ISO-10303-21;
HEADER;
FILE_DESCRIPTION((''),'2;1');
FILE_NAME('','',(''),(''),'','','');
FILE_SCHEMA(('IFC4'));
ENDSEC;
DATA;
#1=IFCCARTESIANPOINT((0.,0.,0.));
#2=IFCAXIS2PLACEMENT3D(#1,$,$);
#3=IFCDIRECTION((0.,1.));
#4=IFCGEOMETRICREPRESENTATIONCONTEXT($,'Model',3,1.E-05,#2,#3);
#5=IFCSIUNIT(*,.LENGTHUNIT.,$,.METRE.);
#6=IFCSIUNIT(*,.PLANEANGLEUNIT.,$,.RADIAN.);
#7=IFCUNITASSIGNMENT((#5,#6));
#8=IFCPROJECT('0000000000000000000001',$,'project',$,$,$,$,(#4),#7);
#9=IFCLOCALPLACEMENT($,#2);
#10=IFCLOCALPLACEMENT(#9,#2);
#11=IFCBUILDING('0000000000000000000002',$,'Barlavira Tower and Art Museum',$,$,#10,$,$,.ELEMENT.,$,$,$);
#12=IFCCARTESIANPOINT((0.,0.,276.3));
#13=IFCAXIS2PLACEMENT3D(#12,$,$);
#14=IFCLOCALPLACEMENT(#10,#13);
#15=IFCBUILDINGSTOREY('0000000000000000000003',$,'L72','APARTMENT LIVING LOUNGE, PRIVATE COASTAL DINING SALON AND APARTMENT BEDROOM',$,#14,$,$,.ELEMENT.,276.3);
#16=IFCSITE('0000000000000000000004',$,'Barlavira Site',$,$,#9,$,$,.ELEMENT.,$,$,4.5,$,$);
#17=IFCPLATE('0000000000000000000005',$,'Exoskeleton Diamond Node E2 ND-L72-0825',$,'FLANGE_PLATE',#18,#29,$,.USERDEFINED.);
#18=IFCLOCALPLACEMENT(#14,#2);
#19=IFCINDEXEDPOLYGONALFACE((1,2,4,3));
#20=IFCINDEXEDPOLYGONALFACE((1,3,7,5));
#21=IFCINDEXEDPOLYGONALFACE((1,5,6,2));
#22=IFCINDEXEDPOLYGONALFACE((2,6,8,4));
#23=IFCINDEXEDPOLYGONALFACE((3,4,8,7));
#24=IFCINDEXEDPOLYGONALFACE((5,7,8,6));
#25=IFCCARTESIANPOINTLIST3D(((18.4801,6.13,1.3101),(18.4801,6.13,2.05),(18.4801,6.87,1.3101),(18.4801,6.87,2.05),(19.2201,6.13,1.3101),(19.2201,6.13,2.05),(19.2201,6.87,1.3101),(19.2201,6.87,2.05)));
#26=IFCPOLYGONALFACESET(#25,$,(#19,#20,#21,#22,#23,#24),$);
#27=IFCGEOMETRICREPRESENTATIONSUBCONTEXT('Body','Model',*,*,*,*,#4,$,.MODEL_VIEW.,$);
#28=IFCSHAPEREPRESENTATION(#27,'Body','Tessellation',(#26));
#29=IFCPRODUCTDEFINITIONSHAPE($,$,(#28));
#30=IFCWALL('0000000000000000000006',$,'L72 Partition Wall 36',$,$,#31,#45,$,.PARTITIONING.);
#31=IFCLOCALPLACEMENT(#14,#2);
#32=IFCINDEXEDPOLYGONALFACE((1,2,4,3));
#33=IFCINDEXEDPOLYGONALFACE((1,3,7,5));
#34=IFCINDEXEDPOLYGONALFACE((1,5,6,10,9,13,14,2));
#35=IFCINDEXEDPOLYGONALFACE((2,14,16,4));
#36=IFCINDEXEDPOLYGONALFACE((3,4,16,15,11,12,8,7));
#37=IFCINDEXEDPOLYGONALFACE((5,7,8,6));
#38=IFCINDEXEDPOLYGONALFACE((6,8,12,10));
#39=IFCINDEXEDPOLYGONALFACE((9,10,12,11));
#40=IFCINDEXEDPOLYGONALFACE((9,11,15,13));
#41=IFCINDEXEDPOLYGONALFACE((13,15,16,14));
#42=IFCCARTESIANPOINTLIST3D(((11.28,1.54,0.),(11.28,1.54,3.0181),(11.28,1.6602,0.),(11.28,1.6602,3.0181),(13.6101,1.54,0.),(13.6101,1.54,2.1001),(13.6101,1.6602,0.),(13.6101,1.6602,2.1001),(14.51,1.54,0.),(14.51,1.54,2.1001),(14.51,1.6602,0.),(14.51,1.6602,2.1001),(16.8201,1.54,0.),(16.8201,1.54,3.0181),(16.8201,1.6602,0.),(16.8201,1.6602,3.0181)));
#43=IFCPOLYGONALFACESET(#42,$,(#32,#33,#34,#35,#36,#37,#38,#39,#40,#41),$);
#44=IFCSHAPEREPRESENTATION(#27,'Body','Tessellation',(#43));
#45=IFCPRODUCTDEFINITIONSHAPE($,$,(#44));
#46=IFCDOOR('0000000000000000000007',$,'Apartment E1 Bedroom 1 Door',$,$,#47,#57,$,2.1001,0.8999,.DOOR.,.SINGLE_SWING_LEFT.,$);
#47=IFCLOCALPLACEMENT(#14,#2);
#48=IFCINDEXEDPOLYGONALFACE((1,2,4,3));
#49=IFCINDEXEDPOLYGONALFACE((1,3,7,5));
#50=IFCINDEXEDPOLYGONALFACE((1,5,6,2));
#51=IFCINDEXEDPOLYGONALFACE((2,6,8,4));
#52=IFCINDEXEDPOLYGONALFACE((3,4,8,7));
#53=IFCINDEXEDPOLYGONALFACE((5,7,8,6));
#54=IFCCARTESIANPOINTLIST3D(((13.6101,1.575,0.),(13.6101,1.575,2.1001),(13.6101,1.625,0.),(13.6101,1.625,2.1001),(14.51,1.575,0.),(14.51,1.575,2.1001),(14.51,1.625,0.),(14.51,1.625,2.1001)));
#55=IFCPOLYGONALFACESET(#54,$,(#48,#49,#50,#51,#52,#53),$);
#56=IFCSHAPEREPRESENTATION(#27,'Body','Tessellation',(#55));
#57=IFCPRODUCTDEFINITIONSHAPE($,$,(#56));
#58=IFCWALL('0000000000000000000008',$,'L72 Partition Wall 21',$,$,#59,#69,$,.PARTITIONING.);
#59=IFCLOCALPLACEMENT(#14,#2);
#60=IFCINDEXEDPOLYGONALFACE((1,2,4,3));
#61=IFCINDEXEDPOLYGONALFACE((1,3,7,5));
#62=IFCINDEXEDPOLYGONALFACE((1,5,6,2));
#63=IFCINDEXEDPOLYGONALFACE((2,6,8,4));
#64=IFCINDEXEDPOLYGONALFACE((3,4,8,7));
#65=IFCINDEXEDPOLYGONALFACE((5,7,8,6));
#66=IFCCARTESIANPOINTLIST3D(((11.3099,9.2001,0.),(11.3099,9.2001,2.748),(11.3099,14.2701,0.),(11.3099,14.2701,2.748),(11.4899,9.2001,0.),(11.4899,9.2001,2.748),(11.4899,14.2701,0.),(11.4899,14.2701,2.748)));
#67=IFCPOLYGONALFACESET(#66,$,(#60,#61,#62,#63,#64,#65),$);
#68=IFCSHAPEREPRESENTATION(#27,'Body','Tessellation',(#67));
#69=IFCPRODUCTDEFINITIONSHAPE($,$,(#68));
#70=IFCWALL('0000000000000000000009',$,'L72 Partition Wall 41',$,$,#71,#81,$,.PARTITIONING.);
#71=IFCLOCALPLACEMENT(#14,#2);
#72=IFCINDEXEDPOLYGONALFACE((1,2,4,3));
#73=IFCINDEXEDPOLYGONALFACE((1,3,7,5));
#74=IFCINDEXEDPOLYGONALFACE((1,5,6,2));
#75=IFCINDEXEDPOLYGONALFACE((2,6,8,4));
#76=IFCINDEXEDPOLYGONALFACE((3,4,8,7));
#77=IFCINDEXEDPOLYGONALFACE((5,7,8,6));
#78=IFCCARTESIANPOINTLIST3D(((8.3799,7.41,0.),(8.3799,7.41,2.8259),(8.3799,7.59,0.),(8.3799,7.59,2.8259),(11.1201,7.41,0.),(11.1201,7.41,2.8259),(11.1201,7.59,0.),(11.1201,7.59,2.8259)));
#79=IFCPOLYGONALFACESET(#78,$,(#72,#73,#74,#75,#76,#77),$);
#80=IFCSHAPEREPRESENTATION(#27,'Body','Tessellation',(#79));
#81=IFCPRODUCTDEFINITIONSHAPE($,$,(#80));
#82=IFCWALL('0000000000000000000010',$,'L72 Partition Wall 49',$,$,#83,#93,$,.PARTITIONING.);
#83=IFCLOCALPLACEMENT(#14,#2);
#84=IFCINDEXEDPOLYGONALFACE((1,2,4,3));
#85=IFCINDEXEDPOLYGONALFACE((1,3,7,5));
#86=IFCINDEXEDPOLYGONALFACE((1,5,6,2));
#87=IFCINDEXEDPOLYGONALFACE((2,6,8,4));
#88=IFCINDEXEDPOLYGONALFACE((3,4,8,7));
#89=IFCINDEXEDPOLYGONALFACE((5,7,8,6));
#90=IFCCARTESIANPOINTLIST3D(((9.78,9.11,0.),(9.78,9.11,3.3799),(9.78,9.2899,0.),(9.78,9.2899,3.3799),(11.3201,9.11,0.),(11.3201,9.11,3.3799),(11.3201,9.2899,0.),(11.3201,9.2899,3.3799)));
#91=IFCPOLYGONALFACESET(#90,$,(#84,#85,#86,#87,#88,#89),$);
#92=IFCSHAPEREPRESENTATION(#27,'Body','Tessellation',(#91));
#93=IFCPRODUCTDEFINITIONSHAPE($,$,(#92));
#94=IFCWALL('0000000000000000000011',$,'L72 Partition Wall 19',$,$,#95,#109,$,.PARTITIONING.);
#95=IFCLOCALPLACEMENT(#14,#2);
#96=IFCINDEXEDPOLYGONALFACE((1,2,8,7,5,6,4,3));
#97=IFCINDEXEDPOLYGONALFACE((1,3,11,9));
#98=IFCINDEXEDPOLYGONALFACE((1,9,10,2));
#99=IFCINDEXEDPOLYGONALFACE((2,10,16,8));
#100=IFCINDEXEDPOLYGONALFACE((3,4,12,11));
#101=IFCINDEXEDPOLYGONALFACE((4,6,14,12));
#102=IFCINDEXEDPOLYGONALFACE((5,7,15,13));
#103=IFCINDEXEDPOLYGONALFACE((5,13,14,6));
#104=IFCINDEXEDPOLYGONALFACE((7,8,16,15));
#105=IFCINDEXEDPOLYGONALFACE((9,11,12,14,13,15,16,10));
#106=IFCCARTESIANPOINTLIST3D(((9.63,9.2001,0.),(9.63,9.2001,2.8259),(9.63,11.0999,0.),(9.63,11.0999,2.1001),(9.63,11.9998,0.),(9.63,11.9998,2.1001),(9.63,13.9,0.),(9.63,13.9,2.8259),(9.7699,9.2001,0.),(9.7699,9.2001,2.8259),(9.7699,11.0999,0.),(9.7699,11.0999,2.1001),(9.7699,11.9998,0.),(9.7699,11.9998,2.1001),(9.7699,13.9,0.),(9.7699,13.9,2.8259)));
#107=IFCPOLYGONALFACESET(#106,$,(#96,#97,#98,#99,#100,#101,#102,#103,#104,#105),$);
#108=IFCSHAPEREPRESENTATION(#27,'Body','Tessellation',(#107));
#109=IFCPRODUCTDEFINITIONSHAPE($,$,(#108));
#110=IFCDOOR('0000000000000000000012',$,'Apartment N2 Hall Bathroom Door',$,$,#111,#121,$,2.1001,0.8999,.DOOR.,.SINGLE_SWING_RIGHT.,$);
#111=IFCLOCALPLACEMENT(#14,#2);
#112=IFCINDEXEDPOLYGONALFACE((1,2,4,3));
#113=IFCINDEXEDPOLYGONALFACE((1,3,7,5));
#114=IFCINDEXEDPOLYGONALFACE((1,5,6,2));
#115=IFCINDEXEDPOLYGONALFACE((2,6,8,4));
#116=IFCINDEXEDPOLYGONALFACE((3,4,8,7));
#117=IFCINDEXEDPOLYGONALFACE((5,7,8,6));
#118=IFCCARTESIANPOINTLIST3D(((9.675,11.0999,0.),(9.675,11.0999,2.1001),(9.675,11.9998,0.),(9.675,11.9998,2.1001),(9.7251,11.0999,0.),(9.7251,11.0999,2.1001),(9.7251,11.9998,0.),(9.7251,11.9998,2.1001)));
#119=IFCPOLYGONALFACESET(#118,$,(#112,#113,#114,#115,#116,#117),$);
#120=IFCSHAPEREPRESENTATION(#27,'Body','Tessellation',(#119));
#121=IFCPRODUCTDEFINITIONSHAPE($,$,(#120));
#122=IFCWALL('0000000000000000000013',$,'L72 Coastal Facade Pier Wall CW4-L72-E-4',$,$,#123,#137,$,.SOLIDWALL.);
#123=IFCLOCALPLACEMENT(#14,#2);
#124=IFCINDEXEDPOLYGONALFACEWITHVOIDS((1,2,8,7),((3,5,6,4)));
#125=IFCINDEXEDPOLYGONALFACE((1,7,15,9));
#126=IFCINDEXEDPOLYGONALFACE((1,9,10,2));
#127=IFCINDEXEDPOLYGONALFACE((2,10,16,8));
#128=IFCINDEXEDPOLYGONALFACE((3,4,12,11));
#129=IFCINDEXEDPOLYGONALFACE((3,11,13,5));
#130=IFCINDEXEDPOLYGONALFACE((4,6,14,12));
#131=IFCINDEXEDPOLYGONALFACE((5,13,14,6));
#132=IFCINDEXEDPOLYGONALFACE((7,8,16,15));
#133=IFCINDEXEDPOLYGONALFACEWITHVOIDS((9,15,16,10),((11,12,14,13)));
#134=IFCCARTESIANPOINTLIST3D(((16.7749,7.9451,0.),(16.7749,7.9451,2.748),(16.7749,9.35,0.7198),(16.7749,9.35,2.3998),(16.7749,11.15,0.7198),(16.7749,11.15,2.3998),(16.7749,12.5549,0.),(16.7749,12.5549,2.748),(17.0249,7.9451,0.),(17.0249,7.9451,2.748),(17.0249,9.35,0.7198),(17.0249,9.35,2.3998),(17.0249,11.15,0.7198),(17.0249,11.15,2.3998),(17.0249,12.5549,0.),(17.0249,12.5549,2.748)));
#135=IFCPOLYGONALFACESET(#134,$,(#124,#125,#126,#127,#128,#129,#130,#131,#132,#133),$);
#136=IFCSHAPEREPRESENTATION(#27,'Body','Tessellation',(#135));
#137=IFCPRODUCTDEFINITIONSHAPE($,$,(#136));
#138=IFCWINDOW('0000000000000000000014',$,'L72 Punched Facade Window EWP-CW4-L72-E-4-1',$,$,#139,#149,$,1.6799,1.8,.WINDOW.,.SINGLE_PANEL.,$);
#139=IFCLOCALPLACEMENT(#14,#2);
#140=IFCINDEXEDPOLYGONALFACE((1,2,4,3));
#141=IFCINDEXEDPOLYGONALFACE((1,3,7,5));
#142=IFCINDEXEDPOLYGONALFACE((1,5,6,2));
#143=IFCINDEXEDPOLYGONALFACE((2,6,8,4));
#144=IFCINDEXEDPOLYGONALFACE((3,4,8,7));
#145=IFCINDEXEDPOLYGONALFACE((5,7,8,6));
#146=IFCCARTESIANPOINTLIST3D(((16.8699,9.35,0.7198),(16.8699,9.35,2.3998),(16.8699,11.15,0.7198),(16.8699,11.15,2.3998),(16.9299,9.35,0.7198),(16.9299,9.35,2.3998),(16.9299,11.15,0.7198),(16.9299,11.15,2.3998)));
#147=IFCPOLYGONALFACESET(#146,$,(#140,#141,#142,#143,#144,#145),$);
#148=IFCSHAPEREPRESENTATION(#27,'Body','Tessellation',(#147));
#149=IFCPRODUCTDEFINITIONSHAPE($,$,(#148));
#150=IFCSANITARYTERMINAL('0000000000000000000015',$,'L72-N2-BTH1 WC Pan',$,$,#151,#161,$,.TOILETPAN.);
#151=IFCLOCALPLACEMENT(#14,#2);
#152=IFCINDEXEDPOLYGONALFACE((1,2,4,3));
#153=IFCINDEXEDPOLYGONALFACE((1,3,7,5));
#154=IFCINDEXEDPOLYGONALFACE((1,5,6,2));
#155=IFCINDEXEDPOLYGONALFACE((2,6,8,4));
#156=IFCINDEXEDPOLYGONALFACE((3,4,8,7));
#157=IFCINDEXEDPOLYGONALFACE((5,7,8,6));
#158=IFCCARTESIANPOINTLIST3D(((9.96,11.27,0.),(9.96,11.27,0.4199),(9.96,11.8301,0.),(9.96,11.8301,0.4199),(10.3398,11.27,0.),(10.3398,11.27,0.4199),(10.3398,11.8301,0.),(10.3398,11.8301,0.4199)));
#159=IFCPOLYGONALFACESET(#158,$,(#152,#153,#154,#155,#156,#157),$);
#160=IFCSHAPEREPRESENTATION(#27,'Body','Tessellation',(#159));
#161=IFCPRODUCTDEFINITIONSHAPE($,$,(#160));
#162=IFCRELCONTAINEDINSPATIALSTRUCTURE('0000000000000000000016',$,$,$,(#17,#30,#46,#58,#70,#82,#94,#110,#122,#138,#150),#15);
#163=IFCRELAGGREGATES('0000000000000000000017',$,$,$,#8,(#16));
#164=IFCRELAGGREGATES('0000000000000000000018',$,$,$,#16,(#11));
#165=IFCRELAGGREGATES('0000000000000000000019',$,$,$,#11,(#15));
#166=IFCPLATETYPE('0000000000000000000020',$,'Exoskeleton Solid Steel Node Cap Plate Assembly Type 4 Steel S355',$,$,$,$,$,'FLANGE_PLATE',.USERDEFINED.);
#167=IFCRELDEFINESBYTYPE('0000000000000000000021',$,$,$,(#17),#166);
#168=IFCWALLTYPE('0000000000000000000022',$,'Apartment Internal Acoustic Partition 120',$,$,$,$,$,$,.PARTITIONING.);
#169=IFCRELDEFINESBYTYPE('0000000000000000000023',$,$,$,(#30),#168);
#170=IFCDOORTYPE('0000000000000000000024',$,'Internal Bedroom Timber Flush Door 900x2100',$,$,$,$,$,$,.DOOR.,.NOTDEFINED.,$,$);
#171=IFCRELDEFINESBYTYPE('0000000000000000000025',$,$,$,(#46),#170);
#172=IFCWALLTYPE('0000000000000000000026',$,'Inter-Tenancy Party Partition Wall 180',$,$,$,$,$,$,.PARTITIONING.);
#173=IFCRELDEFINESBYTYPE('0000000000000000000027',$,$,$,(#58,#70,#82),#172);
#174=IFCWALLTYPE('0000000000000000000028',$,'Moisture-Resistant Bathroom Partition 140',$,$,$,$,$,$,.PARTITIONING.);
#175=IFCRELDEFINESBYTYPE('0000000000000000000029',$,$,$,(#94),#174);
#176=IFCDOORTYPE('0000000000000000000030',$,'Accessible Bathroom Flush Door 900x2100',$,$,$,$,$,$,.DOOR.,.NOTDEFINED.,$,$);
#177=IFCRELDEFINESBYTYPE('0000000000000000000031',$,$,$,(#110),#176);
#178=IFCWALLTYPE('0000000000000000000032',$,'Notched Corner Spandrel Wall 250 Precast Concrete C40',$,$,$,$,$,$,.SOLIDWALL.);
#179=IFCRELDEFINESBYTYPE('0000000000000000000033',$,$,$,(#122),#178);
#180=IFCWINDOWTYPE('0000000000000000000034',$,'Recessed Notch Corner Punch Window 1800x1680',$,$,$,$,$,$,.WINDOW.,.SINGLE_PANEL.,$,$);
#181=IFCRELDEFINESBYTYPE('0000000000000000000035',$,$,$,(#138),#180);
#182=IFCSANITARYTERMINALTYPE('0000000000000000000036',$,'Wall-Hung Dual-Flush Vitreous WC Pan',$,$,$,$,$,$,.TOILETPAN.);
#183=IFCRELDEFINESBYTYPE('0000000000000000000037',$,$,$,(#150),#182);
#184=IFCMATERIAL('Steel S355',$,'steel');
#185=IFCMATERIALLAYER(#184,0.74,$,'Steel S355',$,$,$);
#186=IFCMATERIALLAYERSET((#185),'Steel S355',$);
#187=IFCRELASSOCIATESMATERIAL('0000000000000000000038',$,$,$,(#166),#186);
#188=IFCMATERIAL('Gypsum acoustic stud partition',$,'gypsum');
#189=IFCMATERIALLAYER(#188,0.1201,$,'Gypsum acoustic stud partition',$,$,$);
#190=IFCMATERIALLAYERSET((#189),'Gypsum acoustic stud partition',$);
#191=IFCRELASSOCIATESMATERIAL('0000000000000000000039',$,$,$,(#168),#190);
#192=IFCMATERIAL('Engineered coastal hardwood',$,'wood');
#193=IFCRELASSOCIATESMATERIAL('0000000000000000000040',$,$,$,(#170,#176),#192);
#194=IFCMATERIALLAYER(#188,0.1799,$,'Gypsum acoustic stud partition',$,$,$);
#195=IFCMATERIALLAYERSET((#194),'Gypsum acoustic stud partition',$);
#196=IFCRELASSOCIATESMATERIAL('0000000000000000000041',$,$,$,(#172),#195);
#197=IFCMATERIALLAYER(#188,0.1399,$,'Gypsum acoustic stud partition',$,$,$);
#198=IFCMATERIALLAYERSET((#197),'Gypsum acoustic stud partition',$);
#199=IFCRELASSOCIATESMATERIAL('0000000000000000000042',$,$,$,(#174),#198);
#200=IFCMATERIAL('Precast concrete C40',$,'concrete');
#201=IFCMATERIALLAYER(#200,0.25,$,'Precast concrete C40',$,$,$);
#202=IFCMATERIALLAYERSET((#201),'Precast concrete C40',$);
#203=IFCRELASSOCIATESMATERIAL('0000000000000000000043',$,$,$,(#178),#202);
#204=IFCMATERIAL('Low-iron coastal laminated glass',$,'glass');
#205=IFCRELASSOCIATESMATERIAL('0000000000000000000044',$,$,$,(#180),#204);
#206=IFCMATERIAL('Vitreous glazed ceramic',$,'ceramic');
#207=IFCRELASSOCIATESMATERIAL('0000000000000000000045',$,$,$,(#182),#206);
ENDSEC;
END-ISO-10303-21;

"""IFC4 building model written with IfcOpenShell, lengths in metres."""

from ifc_helpers import new_model, si_unit, direction, frame, frame_2d, origin, origin_2d, place, context, subcontext, project, spatial, rectangle, extrude, material, layer, layer_set, type_object, element, fill, save


model = new_model("IFC4")

# Units and contexts
model_context = context("Model", 3, precision=1e-05, world=origin(), true_north=direction((0.0, 1.0)))
body_context = subcontext(model_context, "Body", "Model", "MODEL_VIEW")
ifc_project = project(units=[si_unit("LENGTHUNIT", "METRE"), si_unit("PLANEANGLEUNIT", "RADIAN")], contexts=[model_context])

# Site, building, storey
site_placement = place(None, origin())
site = spatial("IfcSite", under=ifc_project, at=site_placement, Name="Barlavira Site", CompositionType="ELEMENT", RefElevation=4.5)
building_placement = place(site_placement, origin())
building = spatial("IfcBuilding", under=site, at=building_placement, Name="Barlavira Tower and Art Museum", CompositionType="ELEMENT")
storey_placement = place(building_placement, frame((0.0, 0.0, 276.3)))
storey = spatial("IfcBuildingStorey", under=building, at=storey_placement, Name="L72", Description="APARTMENT LIVING LOUNGE, PRIVATE COASTAL DINING SALON AND APARTMENT BEDROOM", CompositionType="ELEMENT", Elevation=276.3)

# Shared definitions
ifc_material_1 = material(Name="Low-iron coastal laminated glass", Category="glass")

# Shared definitions
ifc_material_2 = material(Name="Steel S355", Category="steel")

# Plate
ifc_layer_1 = layer(ifc_material_2, 0.74, Name="Steel S355")
ifc_layer_set_1 = layer_set([ifc_layer_1], Name="Steel S355")
plate_type_1 = type_object("IfcPlateType", Name="Exoskeleton Solid Steel Node Cap Plate Assembly Type 4 Steel S355", ElementType="FLANGE_PLATE", PredefinedType="USERDEFINED", material=ifc_layer_set_1)
plate_1_placement = place(storey_placement, frame((18.8501, 6.5, 1.3101), z_axis=(0.0, 0.0, 1.0), x_axis=(1.0, 0.0, 0.0)))
element("IfcPlate", 1, at=plate_1_placement, inside=storey, type_object=plate_type_1, Name="Exoskeleton Diamond Node E2 ND-L72-0825", ObjectType="FLANGE_PLATE", PredefinedType="USERDEFINED", context=body_context, shape_type="SweptSolid", body=[
    extrude(rectangle(XDim=0.74, YDim=0.74, at=origin_2d()), origin(), (0.0, 0.0, 1.0), 0.74),
])

# Wall, opening, door
ifc_material_3 = material(Name="Gypsum acoustic stud partition", Category="gypsum")
ifc_layer_2 = layer(ifc_material_3, 0.1201, Name="Gypsum acoustic stud partition")
ifc_layer_set_2 = layer_set([ifc_layer_2], Name="Gypsum acoustic stud partition")
wall_type_1 = type_object("IfcWallType", Name="Apartment Internal Acoustic Partition 120", PredefinedType="PARTITIONING", material=ifc_layer_set_2)
wall_1_placement = place(storey_placement, frame((11.28, 1.6001, 0.0), z_axis=(0.0, 0.0, 1.0), x_axis=(1.0, 0.0, 0.0)))
wall_1 = element("IfcWall", 2, at=wall_1_placement, inside=storey, type_object=wall_type_1, Name="L72 Partition Wall 36", PredefinedType="PARTITIONING", context=body_context, shape_type="SweptSolid", body=[
    extrude(rectangle(XDim=5.54, YDim=0.1201, at=frame_2d((2.77, 0.0))), origin(), (0.0, 0.0, 1.0), 3.0181),
])
opening_1_placement = place(wall_1_placement, frame((2.3301, 0.0, 0.0)))
opening_1 = element("IfcOpeningElement", 3, at=opening_1_placement, cuts=wall_1, PredefinedType="OPENING", context=body_context, shape_type="SweptSolid", body=[
    extrude(rectangle(XDim=0.8999, YDim=2.1001, at=frame_2d((0.45, 1.05))), frame((0.0, 0.0701, 0.0), z_axis=(0.0, -1.0, 0.0), x_axis=(1.0, 0.0, 0.0)), (0.0, 0.0, 1.0), 0.1401),
])
ifc_material_4 = material(Name="Engineered coastal hardwood", Category="wood")
door_type_1 = type_object("IfcDoorType", Name="Internal Bedroom Timber Flush Door 900x2100", OperationType="NOTDEFINED", PredefinedType="DOOR", material=ifc_material_4)
door_1_placement = place(opening_1_placement, origin())
door_1 = element("IfcDoor", 4, at=door_1_placement, inside=storey, type_object=door_type_1, Name="Apartment E1 Bedroom 1 Door", OperationType="SINGLE_SWING_LEFT", OverallHeight=2.1001, OverallWidth=0.8999, PredefinedType="DOOR", context=body_context, shape_type="SweptSolid", body=[
    extrude(rectangle(XDim=0.8999, YDim=2.1001, at=frame_2d((0.45, 1.05))), frame((0.0, 0.0249, 0.0), z_axis=(0.0, -1.0, 0.0), x_axis=(1.0, 0.0, 0.0)), (0.0, 0.0, 1.0), 0.05),
])
fill(opening_1, door_1)

# Walls
ifc_layer_3 = layer(ifc_material_3, 0.1799, Name="Gypsum acoustic stud partition")
ifc_layer_set_3 = layer_set([ifc_layer_3], Name="Gypsum acoustic stud partition")
wall_type_2 = type_object("IfcWallType", Name="Inter-Tenancy Party Partition Wall 180", PredefinedType="PARTITIONING", material=ifc_layer_set_3)
wall_2_placement = place(storey_placement, frame((11.3999, 9.2, 0.0), z_axis=(0.0, 0.0, 1.0), x_axis=(0.0, 1.0, 0.0)))
element("IfcWall", 5, at=wall_2_placement, inside=storey, type_object=wall_type_2, Name="L72 Partition Wall 21", PredefinedType="PARTITIONING", context=body_context, shape_type="SweptSolid", body=[
    extrude(rectangle(XDim=5.0701, YDim=0.1799, at=frame_2d((2.5352, 0.0))), origin(), (0.0, 0.0, 1.0), 2.748),
])
wall_3_placement = place(storey_placement, frame((8.3799, 7.5, 0.0), z_axis=(0.0, 0.0, 1.0), x_axis=(1.0, 0.0, 0.0)))
element("IfcWall", 6, at=wall_3_placement, inside=storey, type_object=wall_type_2, Name="L72 Partition Wall 41", PredefinedType="PARTITIONING", context=body_context, shape_type="SweptSolid", body=[
    extrude(rectangle(XDim=2.7402, YDim=0.1799, at=frame_2d((1.3701, 0.0))), origin(), (0.0, 0.0, 1.0), 2.8259),
])
wall_4_placement = place(storey_placement, frame((9.78, 9.2, 0.0), z_axis=(0.0, 0.0, 1.0), x_axis=(1.0, 0.0, 0.0)))
element("IfcWall", 7, at=wall_4_placement, inside=storey, type_object=wall_type_2, Name="L72 Partition Wall 49", PredefinedType="PARTITIONING", context=body_context, shape_type="SweptSolid", body=[
    extrude(rectangle(XDim=1.54, YDim=0.1799, at=frame_2d((0.77, 0.0))), origin(), (0.0, 0.0, 1.0), 3.3799),
])

# Wall, opening, door
ifc_layer_4 = layer(ifc_material_3, 0.1399, Name="Gypsum acoustic stud partition")
ifc_layer_set_4 = layer_set([ifc_layer_4], Name="Gypsum acoustic stud partition")
wall_type_3 = type_object("IfcWallType", Name="Moisture-Resistant Bathroom Partition 140", PredefinedType="PARTITIONING", material=ifc_layer_set_4)
wall_5_placement = place(storey_placement, frame((9.7, 9.2, 0.0), z_axis=(0.0, 0.0, 1.0), x_axis=(0.0, 1.0, 0.0)))
wall_5 = element("IfcWall", 8, at=wall_5_placement, inside=storey, type_object=wall_type_3, Name="L72 Partition Wall 19", PredefinedType="PARTITIONING", context=body_context, shape_type="SweptSolid", body=[
    extrude(rectangle(XDim=4.7, YDim=0.1399, at=frame_2d((2.3501, 0.0))), origin(), (0.0, 0.0, 1.0), 2.8259),
])
opening_2_placement = place(wall_5_placement, frame((1.8999, 0.0, 0.0)))
opening_2 = element("IfcOpeningElement", 9, at=opening_2_placement, cuts=wall_5, PredefinedType="OPENING", context=body_context, shape_type="SweptSolid", body=[
    extrude(rectangle(XDim=0.8999, YDim=2.1001, at=frame_2d((0.45, 1.05))), frame((0.0, 0.0801, 0.0), z_axis=(0.0, -1.0, 0.0), x_axis=(1.0, 0.0, 0.0)), (0.0, 0.0, 1.0), 0.1599),
])
door_type_2 = type_object("IfcDoorType", Name="Accessible Bathroom Flush Door 900x2100", OperationType="NOTDEFINED", PredefinedType="DOOR", material=ifc_material_4)
door_2_placement = place(opening_2_placement, origin())
door_2 = element("IfcDoor", 10, at=door_2_placement, inside=storey, type_object=door_type_2, Name="Apartment N2 Hall Bathroom Door", OperationType="SINGLE_SWING_RIGHT", OverallHeight=2.1001, OverallWidth=0.8999, PredefinedType="DOOR", context=body_context, shape_type="SweptSolid", body=[
    extrude(rectangle(XDim=0.8999, YDim=2.1001, at=frame_2d((0.45, 1.05))), frame((0.0, 0.0249, 0.0), z_axis=(0.0, -1.0, 0.0), x_axis=(1.0, 0.0, 0.0)), (0.0, 0.0, 1.0), 0.05),
])
fill(opening_2, door_2)

# Wall, opening, window
ifc_material_5 = material(Name="Precast concrete C40", Category="concrete")
ifc_layer_5 = layer(ifc_material_5, 0.25, Name="Precast concrete C40")
ifc_layer_set_5 = layer_set([ifc_layer_5], Name="Precast concrete C40")
wall_type_4 = type_object("IfcWallType", Name="Notched Corner Spandrel Wall 250 Precast Concrete C40", PredefinedType="SOLIDWALL", material=ifc_layer_set_5)
wall_6_placement = place(storey_placement, frame((16.8999, 7.9451, 0.0), z_axis=(0.0, 0.0, 1.0), x_axis=(0.0, 1.0, 0.0)))
wall_6 = element("IfcWall", 11, at=wall_6_placement, inside=storey, type_object=wall_type_4, Name="L72 Coastal Facade Pier Wall CW4-L72-E-4", PredefinedType="SOLIDWALL", context=body_context, shape_type="SweptSolid", body=[
    extrude(rectangle(XDim=4.6099, YDim=0.25, at=frame_2d((2.3049, 0.0))), origin(), (0.0, 0.0, 1.0), 2.748),
])
opening_3_placement = place(wall_6_placement, frame((1.405, 0.0, 0.72)))
opening_3 = element("IfcOpeningElement", 12, at=opening_3_placement, cuts=wall_6, PredefinedType="OPENING", context=body_context, shape_type="SweptSolid", body=[
    extrude(rectangle(XDim=1.8, YDim=1.6799, at=frame_2d((0.8999, 0.8398))), frame((0.0, 0.135, 0.0), z_axis=(0.0, -1.0, 0.0), x_axis=(1.0, 0.0, 0.0)), (0.0, 0.0, 1.0), 0.27),
])
window_type = type_object("IfcWindowType", Name="Recessed Notch Corner Punch Window 1800x1680", PartitioningType="SINGLE_PANEL", PredefinedType="WINDOW", material=ifc_material_1)
window_placement = place(opening_3_placement, origin())
window = element("IfcWindow", 13, at=window_placement, inside=storey, type_object=window_type, Name="L72 Punched Facade Window EWP-CW4-L72-E-4-1", OverallHeight=1.6799, OverallWidth=1.8, PartitioningType="SINGLE_PANEL", PredefinedType="WINDOW", context=body_context, shape_type="SweptSolid", body=[
    extrude(rectangle(XDim=1.8, YDim=1.6799, at=frame_2d((0.8999, 0.8398))), frame((0.0, 0.03, 0.0), z_axis=(0.0, -1.0, 0.0), x_axis=(1.0, 0.0, 0.0)), (0.0, 0.0, 1.0), 0.0601),
])
fill(opening_3, window)

# Sanitary terminal
ifc_material_6 = material(Name="Vitreous glazed ceramic", Category="ceramic")
sanitary_terminal_type = type_object("IfcSanitaryTerminalType", Name="Wall-Hung Dual-Flush Vitreous WC Pan", PredefinedType="TOILETPAN", material=ifc_material_6)
sanitary_terminal_placement = place(storey_placement, frame((10.1499, 11.55, 0.0), z_axis=(0.0, 0.0, 1.0), x_axis=(1.0, 0.0, 0.0)))
element("IfcSanitaryTerminal", 14, at=sanitary_terminal_placement, inside=storey, type_object=sanitary_terminal_type, Name="L72-N2-BTH1 WC Pan", PredefinedType="TOILETPAN", context=body_context, shape_type="SweptSolid", body=[
    extrude(rectangle(XDim=0.3799, YDim=0.5601, at=origin_2d()), origin(), (0.0, 0.0, 1.0), 0.4199),
])

save(model, "model.ifc")
